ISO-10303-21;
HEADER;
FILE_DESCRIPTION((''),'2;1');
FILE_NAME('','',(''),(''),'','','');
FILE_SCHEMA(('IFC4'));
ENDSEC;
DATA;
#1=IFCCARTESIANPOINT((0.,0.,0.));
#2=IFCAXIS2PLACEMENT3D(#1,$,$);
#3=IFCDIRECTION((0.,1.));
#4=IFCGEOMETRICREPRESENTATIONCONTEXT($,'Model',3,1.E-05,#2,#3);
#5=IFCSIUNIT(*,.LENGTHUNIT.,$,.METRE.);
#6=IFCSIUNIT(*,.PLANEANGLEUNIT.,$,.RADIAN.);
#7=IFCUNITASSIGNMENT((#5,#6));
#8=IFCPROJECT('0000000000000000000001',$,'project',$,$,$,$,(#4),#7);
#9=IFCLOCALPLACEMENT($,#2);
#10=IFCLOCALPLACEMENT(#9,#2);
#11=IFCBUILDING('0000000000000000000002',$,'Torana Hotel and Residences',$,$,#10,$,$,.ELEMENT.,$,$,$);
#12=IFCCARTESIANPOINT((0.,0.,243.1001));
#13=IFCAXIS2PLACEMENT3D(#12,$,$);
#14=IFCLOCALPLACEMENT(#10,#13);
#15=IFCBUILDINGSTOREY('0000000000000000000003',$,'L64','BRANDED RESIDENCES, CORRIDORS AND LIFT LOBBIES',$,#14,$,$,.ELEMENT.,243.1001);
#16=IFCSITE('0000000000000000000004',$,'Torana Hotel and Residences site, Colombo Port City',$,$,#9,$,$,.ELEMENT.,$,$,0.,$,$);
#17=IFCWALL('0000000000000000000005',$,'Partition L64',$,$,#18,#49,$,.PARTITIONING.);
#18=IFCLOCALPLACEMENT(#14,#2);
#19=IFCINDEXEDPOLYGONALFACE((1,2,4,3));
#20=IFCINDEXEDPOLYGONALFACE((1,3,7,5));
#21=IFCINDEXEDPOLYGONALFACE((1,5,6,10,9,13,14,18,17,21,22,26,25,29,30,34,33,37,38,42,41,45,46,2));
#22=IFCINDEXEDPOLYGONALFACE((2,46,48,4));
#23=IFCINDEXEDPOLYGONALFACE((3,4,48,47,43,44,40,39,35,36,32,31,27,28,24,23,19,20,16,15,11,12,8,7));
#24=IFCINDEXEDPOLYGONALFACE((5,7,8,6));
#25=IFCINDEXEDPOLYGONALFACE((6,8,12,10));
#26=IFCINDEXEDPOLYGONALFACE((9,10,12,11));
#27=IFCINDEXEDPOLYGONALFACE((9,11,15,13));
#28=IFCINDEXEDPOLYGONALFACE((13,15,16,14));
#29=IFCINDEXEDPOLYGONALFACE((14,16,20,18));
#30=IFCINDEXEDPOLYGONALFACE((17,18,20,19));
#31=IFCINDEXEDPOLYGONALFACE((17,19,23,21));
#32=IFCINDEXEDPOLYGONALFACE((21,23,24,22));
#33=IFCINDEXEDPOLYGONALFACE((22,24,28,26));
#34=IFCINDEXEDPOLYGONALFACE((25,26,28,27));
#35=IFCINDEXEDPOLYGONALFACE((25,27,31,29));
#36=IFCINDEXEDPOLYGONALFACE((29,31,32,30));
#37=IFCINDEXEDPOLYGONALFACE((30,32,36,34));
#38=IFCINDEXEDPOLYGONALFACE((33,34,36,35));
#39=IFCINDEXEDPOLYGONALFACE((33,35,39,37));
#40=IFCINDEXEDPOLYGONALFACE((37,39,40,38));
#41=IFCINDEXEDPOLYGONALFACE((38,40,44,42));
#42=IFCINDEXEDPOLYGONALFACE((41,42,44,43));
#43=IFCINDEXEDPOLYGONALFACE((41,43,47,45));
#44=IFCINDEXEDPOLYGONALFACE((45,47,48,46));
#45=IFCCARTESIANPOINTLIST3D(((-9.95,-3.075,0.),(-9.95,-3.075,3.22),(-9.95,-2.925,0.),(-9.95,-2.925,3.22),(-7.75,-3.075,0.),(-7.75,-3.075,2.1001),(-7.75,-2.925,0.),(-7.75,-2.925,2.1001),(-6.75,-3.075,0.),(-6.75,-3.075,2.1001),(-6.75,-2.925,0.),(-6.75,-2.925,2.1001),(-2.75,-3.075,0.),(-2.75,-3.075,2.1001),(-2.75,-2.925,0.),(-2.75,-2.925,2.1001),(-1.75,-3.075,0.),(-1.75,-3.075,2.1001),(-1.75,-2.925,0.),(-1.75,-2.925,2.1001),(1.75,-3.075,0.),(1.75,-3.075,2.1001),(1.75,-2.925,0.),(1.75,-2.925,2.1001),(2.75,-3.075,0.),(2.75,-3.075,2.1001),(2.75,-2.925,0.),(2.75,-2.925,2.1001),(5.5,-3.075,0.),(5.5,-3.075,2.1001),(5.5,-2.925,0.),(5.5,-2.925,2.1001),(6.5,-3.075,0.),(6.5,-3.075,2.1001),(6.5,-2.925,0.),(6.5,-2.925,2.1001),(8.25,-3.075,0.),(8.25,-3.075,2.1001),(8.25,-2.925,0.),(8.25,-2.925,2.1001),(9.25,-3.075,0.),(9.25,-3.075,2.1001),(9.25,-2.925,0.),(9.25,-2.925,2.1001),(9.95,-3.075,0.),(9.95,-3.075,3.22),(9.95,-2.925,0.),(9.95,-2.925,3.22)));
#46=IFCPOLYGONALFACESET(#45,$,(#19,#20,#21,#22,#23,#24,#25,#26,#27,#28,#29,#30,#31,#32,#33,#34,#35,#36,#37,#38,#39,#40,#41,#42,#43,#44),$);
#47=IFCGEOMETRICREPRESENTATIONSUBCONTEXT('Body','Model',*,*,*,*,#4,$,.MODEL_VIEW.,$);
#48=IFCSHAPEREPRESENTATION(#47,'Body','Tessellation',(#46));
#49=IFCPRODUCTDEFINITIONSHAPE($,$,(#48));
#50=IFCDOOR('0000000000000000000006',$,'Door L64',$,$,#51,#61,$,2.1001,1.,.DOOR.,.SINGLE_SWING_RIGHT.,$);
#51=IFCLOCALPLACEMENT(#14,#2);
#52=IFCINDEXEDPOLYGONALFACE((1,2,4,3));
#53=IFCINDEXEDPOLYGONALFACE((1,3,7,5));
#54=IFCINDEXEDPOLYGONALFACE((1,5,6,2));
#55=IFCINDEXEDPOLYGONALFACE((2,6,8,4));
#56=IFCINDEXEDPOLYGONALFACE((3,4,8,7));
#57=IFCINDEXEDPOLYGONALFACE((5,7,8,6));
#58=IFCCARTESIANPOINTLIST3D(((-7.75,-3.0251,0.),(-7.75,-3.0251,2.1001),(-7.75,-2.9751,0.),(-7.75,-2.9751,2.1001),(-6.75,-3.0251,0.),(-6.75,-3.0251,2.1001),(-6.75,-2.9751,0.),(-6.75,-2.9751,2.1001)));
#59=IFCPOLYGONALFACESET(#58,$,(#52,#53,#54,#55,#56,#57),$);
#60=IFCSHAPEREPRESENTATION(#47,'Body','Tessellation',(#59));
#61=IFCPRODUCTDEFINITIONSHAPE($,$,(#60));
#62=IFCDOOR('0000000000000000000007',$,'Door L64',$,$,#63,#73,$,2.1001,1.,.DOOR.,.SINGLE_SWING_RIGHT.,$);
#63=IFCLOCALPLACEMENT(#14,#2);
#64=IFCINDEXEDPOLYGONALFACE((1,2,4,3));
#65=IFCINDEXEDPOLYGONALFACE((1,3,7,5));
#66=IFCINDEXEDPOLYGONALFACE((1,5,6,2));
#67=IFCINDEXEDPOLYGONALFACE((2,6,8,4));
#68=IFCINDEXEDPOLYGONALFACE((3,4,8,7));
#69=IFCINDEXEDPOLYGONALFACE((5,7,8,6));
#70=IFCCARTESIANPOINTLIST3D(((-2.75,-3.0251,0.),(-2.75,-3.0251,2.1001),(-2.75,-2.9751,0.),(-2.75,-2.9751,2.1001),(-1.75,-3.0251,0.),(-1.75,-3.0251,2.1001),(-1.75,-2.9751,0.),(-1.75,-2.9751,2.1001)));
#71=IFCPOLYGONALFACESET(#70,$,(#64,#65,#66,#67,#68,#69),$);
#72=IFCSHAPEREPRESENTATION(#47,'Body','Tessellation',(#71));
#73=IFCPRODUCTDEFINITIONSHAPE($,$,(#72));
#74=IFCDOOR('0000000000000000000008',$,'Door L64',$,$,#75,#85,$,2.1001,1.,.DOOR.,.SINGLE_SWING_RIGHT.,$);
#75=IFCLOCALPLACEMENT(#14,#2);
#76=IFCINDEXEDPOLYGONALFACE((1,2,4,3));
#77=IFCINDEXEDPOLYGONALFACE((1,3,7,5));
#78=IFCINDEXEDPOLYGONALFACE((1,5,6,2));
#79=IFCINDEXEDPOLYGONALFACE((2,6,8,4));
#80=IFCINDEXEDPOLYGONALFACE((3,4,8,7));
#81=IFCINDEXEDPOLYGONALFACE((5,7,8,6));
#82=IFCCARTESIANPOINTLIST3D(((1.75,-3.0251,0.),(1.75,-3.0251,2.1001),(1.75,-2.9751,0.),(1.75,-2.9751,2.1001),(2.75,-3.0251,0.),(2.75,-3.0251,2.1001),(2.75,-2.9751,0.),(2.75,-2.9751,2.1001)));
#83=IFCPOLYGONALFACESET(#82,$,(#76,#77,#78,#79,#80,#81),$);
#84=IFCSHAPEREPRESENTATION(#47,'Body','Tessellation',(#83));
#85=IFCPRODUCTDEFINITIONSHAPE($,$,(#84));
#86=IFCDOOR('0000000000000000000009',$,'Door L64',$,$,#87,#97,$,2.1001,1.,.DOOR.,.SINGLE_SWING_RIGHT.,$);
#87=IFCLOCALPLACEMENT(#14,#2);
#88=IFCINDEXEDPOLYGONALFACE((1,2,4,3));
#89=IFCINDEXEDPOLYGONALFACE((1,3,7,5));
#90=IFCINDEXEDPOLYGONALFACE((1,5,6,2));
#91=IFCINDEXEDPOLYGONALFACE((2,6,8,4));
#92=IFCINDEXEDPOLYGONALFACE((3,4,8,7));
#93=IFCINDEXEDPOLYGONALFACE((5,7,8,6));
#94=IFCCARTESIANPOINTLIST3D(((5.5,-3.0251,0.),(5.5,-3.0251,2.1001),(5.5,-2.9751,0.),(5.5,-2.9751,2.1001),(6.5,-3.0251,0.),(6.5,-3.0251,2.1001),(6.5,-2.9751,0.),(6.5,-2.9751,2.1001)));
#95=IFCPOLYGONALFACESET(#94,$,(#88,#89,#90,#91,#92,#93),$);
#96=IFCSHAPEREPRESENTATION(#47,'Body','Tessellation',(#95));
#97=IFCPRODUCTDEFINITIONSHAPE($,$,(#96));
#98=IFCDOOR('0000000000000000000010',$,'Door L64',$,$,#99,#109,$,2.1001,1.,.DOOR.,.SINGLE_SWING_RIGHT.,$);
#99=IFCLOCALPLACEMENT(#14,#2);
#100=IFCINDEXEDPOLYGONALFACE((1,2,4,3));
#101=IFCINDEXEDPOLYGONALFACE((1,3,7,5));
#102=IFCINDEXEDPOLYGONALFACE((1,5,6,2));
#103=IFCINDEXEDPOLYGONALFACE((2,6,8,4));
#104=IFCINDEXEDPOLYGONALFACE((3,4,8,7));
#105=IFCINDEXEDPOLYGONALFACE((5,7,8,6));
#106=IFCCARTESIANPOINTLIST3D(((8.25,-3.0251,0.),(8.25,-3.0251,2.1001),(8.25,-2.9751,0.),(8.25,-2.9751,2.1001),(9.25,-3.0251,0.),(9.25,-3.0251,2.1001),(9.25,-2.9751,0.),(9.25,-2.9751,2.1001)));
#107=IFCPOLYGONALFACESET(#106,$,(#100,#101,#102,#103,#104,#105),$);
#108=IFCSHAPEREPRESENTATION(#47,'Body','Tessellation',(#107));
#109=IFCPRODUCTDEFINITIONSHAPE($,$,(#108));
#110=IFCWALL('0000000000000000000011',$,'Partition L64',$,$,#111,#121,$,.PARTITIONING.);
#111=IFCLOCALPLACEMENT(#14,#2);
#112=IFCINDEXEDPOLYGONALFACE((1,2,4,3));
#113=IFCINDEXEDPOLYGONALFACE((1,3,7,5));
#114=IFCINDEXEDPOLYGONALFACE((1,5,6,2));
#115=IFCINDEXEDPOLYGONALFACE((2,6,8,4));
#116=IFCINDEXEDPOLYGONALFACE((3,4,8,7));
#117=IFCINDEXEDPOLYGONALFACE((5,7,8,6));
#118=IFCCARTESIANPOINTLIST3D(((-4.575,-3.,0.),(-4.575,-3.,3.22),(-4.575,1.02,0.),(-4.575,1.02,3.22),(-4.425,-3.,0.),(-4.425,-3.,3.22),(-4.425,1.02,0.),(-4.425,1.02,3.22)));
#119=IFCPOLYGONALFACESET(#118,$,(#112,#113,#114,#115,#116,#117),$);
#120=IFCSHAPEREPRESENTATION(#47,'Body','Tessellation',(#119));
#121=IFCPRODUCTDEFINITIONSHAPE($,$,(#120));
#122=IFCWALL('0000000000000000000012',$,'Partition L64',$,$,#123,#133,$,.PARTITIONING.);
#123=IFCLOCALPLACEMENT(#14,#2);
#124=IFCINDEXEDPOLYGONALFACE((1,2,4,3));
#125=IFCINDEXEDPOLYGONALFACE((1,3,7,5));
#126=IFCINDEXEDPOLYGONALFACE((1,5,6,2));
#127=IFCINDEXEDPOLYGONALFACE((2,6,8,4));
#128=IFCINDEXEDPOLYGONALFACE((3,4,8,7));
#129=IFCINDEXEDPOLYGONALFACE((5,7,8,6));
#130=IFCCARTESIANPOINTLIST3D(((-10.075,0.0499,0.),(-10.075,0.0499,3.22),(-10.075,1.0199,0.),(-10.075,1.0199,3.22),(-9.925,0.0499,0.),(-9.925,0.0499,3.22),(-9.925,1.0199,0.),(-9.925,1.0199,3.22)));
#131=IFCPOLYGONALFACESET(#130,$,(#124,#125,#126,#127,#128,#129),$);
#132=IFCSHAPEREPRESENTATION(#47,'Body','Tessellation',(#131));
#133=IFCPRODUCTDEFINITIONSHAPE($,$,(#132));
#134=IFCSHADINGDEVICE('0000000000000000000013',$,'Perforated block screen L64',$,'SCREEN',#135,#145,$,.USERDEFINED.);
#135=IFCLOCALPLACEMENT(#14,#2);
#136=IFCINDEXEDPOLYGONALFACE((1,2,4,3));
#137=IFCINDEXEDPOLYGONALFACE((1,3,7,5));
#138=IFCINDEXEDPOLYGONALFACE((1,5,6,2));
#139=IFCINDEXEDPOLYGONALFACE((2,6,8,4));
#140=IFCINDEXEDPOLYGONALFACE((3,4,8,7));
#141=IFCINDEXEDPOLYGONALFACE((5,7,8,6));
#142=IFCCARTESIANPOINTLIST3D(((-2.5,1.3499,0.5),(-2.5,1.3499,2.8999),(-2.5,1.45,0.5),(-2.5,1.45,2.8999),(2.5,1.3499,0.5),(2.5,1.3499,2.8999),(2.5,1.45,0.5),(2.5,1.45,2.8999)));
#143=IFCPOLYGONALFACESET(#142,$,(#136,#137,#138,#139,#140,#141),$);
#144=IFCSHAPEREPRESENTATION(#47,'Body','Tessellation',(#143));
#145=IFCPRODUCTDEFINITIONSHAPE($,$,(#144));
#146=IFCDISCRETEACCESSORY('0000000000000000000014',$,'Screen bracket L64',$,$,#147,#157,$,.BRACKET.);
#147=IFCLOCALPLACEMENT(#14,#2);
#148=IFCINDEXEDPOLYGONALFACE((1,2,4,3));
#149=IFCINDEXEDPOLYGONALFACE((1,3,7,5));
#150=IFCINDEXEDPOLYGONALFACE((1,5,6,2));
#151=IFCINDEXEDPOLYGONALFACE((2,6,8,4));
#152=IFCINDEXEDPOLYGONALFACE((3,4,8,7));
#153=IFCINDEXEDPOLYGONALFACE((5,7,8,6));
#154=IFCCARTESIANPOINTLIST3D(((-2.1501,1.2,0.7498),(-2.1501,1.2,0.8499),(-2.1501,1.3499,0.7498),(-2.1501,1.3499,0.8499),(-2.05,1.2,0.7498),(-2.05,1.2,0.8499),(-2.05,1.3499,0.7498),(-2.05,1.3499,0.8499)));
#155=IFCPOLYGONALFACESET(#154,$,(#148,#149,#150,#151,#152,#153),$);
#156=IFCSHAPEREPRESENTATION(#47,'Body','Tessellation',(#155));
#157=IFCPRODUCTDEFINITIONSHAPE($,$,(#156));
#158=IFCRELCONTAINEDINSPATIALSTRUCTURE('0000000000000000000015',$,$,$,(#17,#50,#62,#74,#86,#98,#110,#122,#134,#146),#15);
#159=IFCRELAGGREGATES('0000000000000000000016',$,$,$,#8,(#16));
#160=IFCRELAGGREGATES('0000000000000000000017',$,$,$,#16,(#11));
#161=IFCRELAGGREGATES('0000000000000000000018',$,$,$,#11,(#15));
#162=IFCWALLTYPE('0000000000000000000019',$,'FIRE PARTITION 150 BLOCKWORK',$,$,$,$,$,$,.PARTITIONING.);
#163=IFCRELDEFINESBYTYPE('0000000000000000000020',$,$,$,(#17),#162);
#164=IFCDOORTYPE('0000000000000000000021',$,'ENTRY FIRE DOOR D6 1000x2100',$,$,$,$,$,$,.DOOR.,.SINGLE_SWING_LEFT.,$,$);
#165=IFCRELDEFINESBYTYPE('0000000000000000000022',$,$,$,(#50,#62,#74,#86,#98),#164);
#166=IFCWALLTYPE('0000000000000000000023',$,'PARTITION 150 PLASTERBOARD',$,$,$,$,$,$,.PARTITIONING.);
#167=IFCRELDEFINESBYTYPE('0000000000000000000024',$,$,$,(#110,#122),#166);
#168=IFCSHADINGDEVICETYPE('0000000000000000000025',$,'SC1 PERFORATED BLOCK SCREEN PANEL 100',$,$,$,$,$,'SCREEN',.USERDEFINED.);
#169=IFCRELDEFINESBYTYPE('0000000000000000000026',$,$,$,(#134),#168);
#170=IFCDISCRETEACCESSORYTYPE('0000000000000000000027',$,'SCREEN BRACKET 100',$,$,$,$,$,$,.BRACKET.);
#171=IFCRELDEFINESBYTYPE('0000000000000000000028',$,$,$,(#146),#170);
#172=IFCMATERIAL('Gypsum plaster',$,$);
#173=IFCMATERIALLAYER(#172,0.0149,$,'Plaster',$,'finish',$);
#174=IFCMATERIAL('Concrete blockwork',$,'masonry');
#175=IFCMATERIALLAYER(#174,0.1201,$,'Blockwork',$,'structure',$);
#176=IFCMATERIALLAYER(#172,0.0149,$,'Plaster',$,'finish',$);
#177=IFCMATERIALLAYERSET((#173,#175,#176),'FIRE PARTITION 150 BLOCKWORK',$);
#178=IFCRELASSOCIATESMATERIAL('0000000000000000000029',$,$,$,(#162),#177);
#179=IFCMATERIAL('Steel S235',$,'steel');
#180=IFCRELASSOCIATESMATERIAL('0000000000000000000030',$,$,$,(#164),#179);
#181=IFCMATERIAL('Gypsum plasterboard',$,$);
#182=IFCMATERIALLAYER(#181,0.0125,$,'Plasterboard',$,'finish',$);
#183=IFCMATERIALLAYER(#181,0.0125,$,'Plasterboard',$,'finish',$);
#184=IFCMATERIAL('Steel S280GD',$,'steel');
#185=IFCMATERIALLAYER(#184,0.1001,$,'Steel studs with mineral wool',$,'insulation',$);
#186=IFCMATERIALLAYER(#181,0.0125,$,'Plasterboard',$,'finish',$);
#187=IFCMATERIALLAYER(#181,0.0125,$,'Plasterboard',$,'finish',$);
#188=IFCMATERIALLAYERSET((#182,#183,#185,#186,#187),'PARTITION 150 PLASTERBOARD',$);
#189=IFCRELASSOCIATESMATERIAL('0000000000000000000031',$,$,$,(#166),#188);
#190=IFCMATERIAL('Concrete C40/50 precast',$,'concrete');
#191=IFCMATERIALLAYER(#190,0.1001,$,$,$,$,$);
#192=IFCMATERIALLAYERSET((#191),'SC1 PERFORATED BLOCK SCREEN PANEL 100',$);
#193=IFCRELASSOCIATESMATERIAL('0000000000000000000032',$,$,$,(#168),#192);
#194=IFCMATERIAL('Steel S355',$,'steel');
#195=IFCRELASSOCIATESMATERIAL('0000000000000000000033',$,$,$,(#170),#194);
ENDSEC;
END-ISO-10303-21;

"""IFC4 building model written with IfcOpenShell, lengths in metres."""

from ifc_helpers import new_model, si_unit, direction, frame, frame_2d, origin, origin_2d, place, context, subcontext, project, spatial, rectangle, extrude, material, layer, layer_set, type_object, element, fill, save


model = new_model("IFC4")

# Units and contexts
model_context = context("Model", 3, precision=1e-05, world=origin(), true_north=direction((0.0, 1.0)))
body_context = subcontext(model_context, "Body", "Model", "MODEL_VIEW")
ifc_project = project(units=[si_unit("LENGTHUNIT", "METRE"), si_unit("PLANEANGLEUNIT", "RADIAN")], contexts=[model_context])

# Site, building, storey
site_placement = place(None, origin())
site = spatial("IfcSite", under=ifc_project, at=site_placement, Name="Torana Hotel and Residences site, Colombo Port City", CompositionType="ELEMENT", RefElevation=0.0)
building_placement = place(site_placement, origin())
building = spatial("IfcBuilding", under=site, at=building_placement, Name="Torana Hotel and Residences", CompositionType="ELEMENT")
storey_placement = place(building_placement, frame((0.0, 0.0, 243.1001)))
storey = spatial("IfcBuildingStorey", under=building, at=storey_placement, Name="L64", Description="BRANDED RESIDENCES, CORRIDORS AND LIFT LOBBIES", CompositionType="ELEMENT", Elevation=243.1001)

# Shared definitions
ifc_material_1 = material(Name="Gypsum plaster")
ifc_layer_1 = layer(ifc_material_1, 0.0149, Name="Plaster", Category="finish")
ifc_material_2 = material(Name="Concrete blockwork", Category="masonry")
ifc_layer_2 = layer(ifc_material_2, 0.1201, Name="Blockwork", Category="structure")
ifc_layer_3 = layer(ifc_material_1, 0.0149, Name="Plaster", Category="finish")
ifc_layer_set_1 = layer_set([ifc_layer_1, ifc_layer_2, ifc_layer_3], Name="FIRE PARTITION 150 BLOCKWORK")
wall_type_1 = type_object("IfcWallType", Name="FIRE PARTITION 150 BLOCKWORK", PredefinedType="PARTITIONING", material=ifc_layer_set_1)

# Wall, openings, doors
ifc_material_3 = material(Name="Steel S235", Category="steel")
door_type = type_object("IfcDoorType", Name="ENTRY FIRE DOOR D6 1000x2100", OperationType="SINGLE_SWING_LEFT", PredefinedType="DOOR", material=ifc_material_3)
wall_1_placement = place(storey_placement, frame((-9.95, -3.0, 0.0), z_axis=(0.0, 0.0, 1.0), x_axis=(1.0, 0.0, 0.0)))
wall_1 = element("IfcWall", 1, at=wall_1_placement, inside=storey, type_object=wall_type_1, Name="Partition L64", PredefinedType="PARTITIONING", context=body_context, shape_type="SweptSolid", body=[
    extrude(rectangle(XDim=19.8999, YDim=0.1499, at=frame_2d((9.95, 0.0))), origin(), (0.0, 0.0, 1.0), 3.22),
])
opening_1_placement = place(wall_1_placement, frame((2.2, 0.0, 0.0)))
opening_1 = element("IfcOpeningElement", 2, at=opening_1_placement, cuts=wall_1, PredefinedType="OPENING", context=body_context, shape_type="SweptSolid", body=[
    extrude(rectangle(XDim=1.0, YDim=2.1001, at=frame_2d((0.5, 1.05))), frame((0.0, 0.085, 0.0), z_axis=(0.0, -1.0, 0.0), x_axis=(1.0, 0.0, 0.0)), (0.0, 0.0, 1.0), 0.1699),
])
opening_2_placement = place(wall_1_placement, frame((7.2, 0.0, 0.0)))
opening_2 = element("IfcOpeningElement", 3, at=opening_2_placement, cuts=wall_1, PredefinedType="OPENING", context=body_context, shape_type="SweptSolid", body=[
    extrude(rectangle(XDim=1.0, YDim=2.1001, at=frame_2d((0.5, 1.05))), frame((0.0, 0.085, 0.0), z_axis=(0.0, -1.0, 0.0), x_axis=(1.0, 0.0, 0.0)), (0.0, 0.0, 1.0), 0.1699),
])
opening_3_placement = place(wall_1_placement, frame((11.7, 0.0, 0.0)))
opening_3 = element("IfcOpeningElement", 4, at=opening_3_placement, cuts=wall_1, PredefinedType="OPENING", context=body_context, shape_type="SweptSolid", body=[
    extrude(rectangle(XDim=1.0, YDim=2.1001, at=frame_2d((0.5, 1.05))), frame((0.0, 0.085, 0.0), z_axis=(0.0, -1.0, 0.0), x_axis=(1.0, 0.0, 0.0)), (0.0, 0.0, 1.0), 0.1699),
])
opening_4_placement = place(wall_1_placement, frame((15.45, 0.0, 0.0)))
opening_4 = element("IfcOpeningElement", 5, at=opening_4_placement, cuts=wall_1, PredefinedType="OPENING", context=body_context, shape_type="SweptSolid", body=[
    extrude(rectangle(XDim=1.0, YDim=2.1001, at=frame_2d((0.5, 1.05))), frame((0.0, 0.085, 0.0), z_axis=(0.0, -1.0, 0.0), x_axis=(1.0, 0.0, 0.0)), (0.0, 0.0, 1.0), 0.1699),
])
opening_5_placement = place(wall_1_placement, frame((18.2, 0.0, 0.0)))
opening_5 = element("IfcOpeningElement", 6, at=opening_5_placement, cuts=wall_1, PredefinedType="OPENING", context=body_context, shape_type="SweptSolid", body=[
    extrude(rectangle(XDim=1.0, YDim=2.1001, at=frame_2d((0.5, 1.05))), frame((0.0, 0.085, 0.0), z_axis=(0.0, -1.0, 0.0), x_axis=(1.0, 0.0, 0.0)), (0.0, 0.0, 1.0), 0.1699),
])
door_1_placement = place(opening_1_placement, origin())
door_1 = element("IfcDoor", 7, at=door_1_placement, inside=storey, type_object=door_type, Name="Door L64", OperationType="SINGLE_SWING_RIGHT", OverallHeight=2.1001, OverallWidth=1.0, PredefinedType="DOOR", context=body_context, shape_type="SweptSolid", body=[
    extrude(rectangle(XDim=1.0, YDim=2.1001, at=frame_2d((0.5, 1.05))), frame((0.0, 0.0249, 0.0), z_axis=(0.0, -1.0, 0.0), x_axis=(1.0, 0.0, 0.0)), (0.0, 0.0, 1.0), 0.05),
])
fill(opening_1, door_1)
door_2_placement = place(opening_2_placement, origin())
door_2 = element("IfcDoor", 8, at=door_2_placement, inside=storey, type_object=door_type, Name="Door L64", OperationType="SINGLE_SWING_RIGHT", OverallHeight=2.1001, OverallWidth=1.0, PredefinedType="DOOR", context=body_context, shape_type="SweptSolid", body=[
    extrude(rectangle(XDim=1.0, YDim=2.1001, at=frame_2d((0.5, 1.05))), frame((0.0, 0.0249, 0.0), z_axis=(0.0, -1.0, 0.0), x_axis=(1.0, 0.0, 0.0)), (0.0, 0.0, 1.0), 0.05),
])
fill(opening_2, door_2)
door_3_placement = place(opening_3_placement, origin())
door_3 = element("IfcDoor", 9, at=door_3_placement, inside=storey, type_object=door_type, Name="Door L64", OperationType="SINGLE_SWING_RIGHT", OverallHeight=2.1001, OverallWidth=1.0, PredefinedType="DOOR", context=body_context, shape_type="SweptSolid", body=[
    extrude(rectangle(XDim=1.0, YDim=2.1001, at=frame_2d((0.5, 1.05))), frame((0.0, 0.0249, 0.0), z_axis=(0.0, -1.0, 0.0), x_axis=(1.0, 0.0, 0.0)), (0.0, 0.0, 1.0), 0.05),
])
fill(opening_3, door_3)
door_4_placement = place(opening_4_placement, origin())
door_4 = element("IfcDoor", 10, at=door_4_placement, inside=storey, type_object=door_type, Name="Door L64", OperationType="SINGLE_SWING_RIGHT", OverallHeight=2.1001, OverallWidth=1.0, PredefinedType="DOOR", context=body_context, shape_type="SweptSolid", body=[
    extrude(rectangle(XDim=1.0, YDim=2.1001, at=frame_2d((0.5, 1.05))), frame((0.0, 0.0249, 0.0), z_axis=(0.0, -1.0, 0.0), x_axis=(1.0, 0.0, 0.0)), (0.0, 0.0, 1.0), 0.05),
])
fill(opening_4, door_4)
door_5_placement = place(opening_5_placement, origin())
door_5 = element("IfcDoor", 11, at=door_5_placement, inside=storey, type_object=door_type, Name="Door L64", OperationType="SINGLE_SWING_RIGHT", OverallHeight=2.1001, OverallWidth=1.0, PredefinedType="DOOR", context=body_context, shape_type="SweptSolid", body=[
    extrude(rectangle(XDim=1.0, YDim=2.1001, at=frame_2d((0.5, 1.05))), frame((0.0, 0.0249, 0.0), z_axis=(0.0, -1.0, 0.0), x_axis=(1.0, 0.0, 0.0)), (0.0, 0.0, 1.0), 0.05),
])
fill(opening_5, door_5)

# Walls
ifc_material_4 = material(Name="Gypsum plasterboard")
ifc_layer_4 = layer(ifc_material_4, 0.0125, Name="Plasterboard", Category="finish")
ifc_layer_5 = layer(ifc_material_4, 0.0125, Name="Plasterboard", Category="finish")
ifc_material_5 = material(Name="Steel S280GD", Category="steel")
ifc_layer_6 = layer(ifc_material_5, 0.1001, Name="Steel studs with mineral wool", Category="insulation")
ifc_layer_7 = layer(ifc_material_4, 0.0125, Name="Plasterboard", Category="finish")
ifc_layer_8 = layer(ifc_material_4, 0.0125, Name="Plasterboard", Category="finish")
ifc_layer_set_2 = layer_set([ifc_layer_4, ifc_layer_5, ifc_layer_6, ifc_layer_7, ifc_layer_8], Name="PARTITION 150 PLASTERBOARD")
wall_type_2 = type_object("IfcWallType", Name="PARTITION 150 PLASTERBOARD", PredefinedType="PARTITIONING", material=ifc_layer_set_2)
wall_2_placement = place(storey_placement, frame((-4.5, -3.0, 0.0), z_axis=(0.0, 0.0, 1.0), x_axis=(0.0, 1.0, 0.0)))
element("IfcWall", 12, at=wall_2_placement, inside=storey, type_object=wall_type_2, Name="Partition L64", PredefinedType="PARTITIONING", context=body_context, shape_type="SweptSolid", body=[
    extrude(rectangle(XDim=4.02, YDim=0.1499, at=frame_2d((2.01, 0.0))), origin(), (0.0, 0.0, 1.0), 3.22),
])
wall_3_placement = place(storey_placement, frame((-10.0, 0.05, 0.0), z_axis=(0.0, 0.0, 1.0), x_axis=(0.0, 1.0, 0.0)))
element("IfcWall", 13, at=wall_3_placement, inside=storey, type_object=wall_type_2, Name="Partition L64", PredefinedType="PARTITIONING", context=body_context, shape_type="SweptSolid", body=[
    extrude(rectangle(XDim=0.97, YDim=0.1499, at=frame_2d((0.4849, 0.0))), origin(), (0.0, 0.0, 1.0), 3.22),
])

# Shading device
ifc_material_6 = material(Name="Concrete C40/50 precast", Category="concrete")
ifc_layer_9 = layer(ifc_material_6, 0.1001)
ifc_layer_set_3 = layer_set([ifc_layer_9], Name="SC1 PERFORATED BLOCK SCREEN PANEL 100")
shading_device_type = type_object("IfcShadingDeviceType", Name="SC1 PERFORATED BLOCK SCREEN PANEL 100", ElementType="SCREEN", PredefinedType="USERDEFINED", material=ifc_layer_set_3)
shading_device_placement = place(storey_placement, frame((0.0, 1.3999, 0.5), z_axis=(0.0, 0.0, 1.0), x_axis=(-1.0, 0.0, 0.0)))
element("IfcShadingDevice", 14, at=shading_device_placement, inside=storey, type_object=shading_device_type, Name="Perforated block screen L64", ObjectType="SCREEN", PredefinedType="USERDEFINED", context=body_context, shape_type="SweptSolid", body=[
    extrude(rectangle(XDim=5.0, YDim=0.1001, at=origin_2d()), origin(), (0.0, 0.0, 1.0), 2.3999),
])

# Discrete accessory
ifc_material_7 = material(Name="Steel S355", Category="steel")
discrete_accessory_type = type_object("IfcDiscreteAccessoryType", Name="SCREEN BRACKET 100", PredefinedType="BRACKET", material=ifc_material_7)
for number, where, z_axis, x_axis, name in (
    (15, (-2.1001, 1.2749, 0.7498), (0.0, 0.0, 1.0), (-1.0, 0.0, 0.0), "Screen bracket L64"),
):
    element("IfcDiscreteAccessory", number, at=place(storey_placement, frame(where, z_axis=z_axis, x_axis=x_axis)), inside=storey, type_object=discrete_accessory_type, Name=name, PredefinedType="BRACKET", context=body_context, shape_type="SweptSolid", body=[
        extrude(rectangle(XDim=0.1001, YDim=0.1499, at=origin_2d()), origin(), (0.0, 0.0, 1.0), 0.1001),
    ])

save(model, "model.ifc")
